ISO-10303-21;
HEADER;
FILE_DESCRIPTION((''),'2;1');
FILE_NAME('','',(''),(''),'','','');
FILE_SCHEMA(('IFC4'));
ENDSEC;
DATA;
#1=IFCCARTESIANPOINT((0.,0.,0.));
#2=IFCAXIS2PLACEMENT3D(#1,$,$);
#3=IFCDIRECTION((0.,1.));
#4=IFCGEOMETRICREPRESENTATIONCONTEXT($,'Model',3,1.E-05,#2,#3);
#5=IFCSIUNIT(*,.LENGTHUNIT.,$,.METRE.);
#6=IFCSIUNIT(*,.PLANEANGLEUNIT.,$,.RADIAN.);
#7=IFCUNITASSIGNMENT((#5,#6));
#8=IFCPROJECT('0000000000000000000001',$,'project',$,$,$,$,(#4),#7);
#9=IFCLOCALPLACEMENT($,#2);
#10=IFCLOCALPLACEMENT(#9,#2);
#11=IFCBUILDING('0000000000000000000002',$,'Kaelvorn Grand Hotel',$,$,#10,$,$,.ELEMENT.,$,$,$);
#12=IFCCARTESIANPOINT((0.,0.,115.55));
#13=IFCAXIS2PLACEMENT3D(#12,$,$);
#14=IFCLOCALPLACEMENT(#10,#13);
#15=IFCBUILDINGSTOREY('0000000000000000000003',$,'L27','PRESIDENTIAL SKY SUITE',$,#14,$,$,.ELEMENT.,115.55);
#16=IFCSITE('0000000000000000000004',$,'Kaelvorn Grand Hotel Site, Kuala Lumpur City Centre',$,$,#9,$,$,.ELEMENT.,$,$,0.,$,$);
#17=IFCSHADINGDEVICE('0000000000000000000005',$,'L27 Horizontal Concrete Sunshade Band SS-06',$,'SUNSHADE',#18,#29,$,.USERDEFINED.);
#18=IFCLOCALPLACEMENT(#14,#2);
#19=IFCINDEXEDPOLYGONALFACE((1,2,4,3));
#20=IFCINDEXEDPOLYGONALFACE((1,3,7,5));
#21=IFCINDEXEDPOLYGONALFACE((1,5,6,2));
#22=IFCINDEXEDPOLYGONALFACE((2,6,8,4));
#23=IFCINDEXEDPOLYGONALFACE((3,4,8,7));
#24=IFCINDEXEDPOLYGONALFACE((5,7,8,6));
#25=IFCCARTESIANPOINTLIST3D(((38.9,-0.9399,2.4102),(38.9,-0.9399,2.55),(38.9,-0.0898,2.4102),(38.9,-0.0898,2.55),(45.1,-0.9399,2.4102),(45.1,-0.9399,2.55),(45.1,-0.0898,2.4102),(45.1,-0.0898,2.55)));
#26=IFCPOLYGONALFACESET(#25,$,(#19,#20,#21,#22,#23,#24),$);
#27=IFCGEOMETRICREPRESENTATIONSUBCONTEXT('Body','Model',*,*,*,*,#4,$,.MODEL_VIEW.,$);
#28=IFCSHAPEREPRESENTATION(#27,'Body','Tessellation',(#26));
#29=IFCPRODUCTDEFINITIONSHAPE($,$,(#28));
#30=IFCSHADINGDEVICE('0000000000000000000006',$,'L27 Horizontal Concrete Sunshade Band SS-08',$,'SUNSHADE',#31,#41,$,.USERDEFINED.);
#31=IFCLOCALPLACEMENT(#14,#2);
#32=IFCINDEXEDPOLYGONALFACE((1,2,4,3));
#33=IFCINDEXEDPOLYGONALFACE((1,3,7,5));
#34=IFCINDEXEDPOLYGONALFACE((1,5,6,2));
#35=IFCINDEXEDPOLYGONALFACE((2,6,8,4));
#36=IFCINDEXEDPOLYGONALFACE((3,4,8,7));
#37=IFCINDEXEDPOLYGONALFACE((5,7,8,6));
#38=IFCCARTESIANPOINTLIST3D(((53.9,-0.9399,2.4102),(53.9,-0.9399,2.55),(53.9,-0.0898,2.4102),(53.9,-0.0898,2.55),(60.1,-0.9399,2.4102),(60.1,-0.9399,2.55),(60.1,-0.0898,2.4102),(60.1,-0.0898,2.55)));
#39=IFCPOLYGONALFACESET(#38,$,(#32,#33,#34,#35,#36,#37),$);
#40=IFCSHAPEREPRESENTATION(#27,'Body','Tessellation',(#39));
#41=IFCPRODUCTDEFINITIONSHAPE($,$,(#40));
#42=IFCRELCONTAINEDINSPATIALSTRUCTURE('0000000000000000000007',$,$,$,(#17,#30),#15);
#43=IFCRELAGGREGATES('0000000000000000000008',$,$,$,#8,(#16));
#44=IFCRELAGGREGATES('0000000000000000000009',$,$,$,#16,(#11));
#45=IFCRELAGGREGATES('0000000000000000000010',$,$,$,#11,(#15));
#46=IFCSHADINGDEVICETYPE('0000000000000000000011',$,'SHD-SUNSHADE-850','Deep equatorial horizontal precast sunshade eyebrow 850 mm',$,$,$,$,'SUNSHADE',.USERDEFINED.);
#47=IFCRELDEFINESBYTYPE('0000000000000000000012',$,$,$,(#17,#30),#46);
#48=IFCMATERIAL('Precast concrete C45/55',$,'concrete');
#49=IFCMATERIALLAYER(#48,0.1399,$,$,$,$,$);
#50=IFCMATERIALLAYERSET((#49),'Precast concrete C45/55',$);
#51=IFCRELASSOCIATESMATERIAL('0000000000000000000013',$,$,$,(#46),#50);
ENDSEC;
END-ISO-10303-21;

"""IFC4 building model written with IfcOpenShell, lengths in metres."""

from ifc_helpers import new_model, si_unit, direction, frame, origin, origin_2d, place, context, subcontext, project, spatial, rectangle, extrude, material, layer, layer_set, type_object, element, save


model = new_model("IFC4")

# Units and contexts
model_context = context("Model", 3, precision=1e-05, world=origin(), true_north=direction((0.0, 1.0)))
body_context = subcontext(model_context, "Body", "Model", "MODEL_VIEW")
ifc_project = project(units=[si_unit("LENGTHUNIT", "METRE"), si_unit("PLANEANGLEUNIT", "RADIAN")], contexts=[model_context])

# Site, building, storey
site_placement = place(None, origin())
site = spatial("IfcSite", under=ifc_project, at=site_placement, Name="Kaelvorn Grand Hotel Site, Kuala Lumpur City Centre", CompositionType="ELEMENT", RefElevation=0.0)
building_placement = place(site_placement, origin())
building = spatial("IfcBuilding", under=site, at=building_placement, Name="Kaelvorn Grand Hotel", CompositionType="ELEMENT")
storey_placement = place(building_placement, frame((0.0, 0.0, 115.55)))
storey = spatial("IfcBuildingStorey", under=building, at=storey_placement, Name="L27", Description="PRESIDENTIAL SKY SUITE", CompositionType="ELEMENT", Elevation=115.55)

# Shading devices
ifc_material_1 = material(Name="Precast concrete C45/55", Category="concrete")
ifc_layer_1 = layer(ifc_material_1, 0.1399)
ifc_layer_set_1 = layer_set([ifc_layer_1], Name="Precast concrete C45/55")
shading_device_type_1 = type_object("IfcShadingDeviceType", Name="SHD-SUNSHADE-850", Description="Deep equatorial horizontal precast sunshade eyebrow 850 mm", ElementType="SUNSHADE", PredefinedType="USERDEFINED", material=ifc_layer_set_1)
for number, where, z_axis, x_axis, name in (
    (1, (42.0, -0.5149, 2.4102), (0.0, 0.0, 1.0), (1.0, 0.0, 0.0), "L27 Horizontal Concrete Sunshade Band SS-06"),
    (2, (57.0, -0.5149, 2.4102), (0.0, 0.0, 1.0), (1.0, 0.0, 0.0), "L27 Horizontal Concrete Sunshade Band SS-08"),
):
    element("IfcShadingDevice", number, at=place(storey_placement, frame(where, z_axis=z_axis, x_axis=x_axis)), inside=storey, type_object=shading_device_type_1, Name=name, ObjectType="SUNSHADE", PredefinedType="USERDEFINED", context=body_context, shape_type="SweptSolid", body=[
        extrude(rectangle(XDim=6.2, YDim=0.8501, at=origin_2d()), origin(), (0.0, 0.0, 1.0), 0.1399),
    ])

save(model, "model.ifc")
